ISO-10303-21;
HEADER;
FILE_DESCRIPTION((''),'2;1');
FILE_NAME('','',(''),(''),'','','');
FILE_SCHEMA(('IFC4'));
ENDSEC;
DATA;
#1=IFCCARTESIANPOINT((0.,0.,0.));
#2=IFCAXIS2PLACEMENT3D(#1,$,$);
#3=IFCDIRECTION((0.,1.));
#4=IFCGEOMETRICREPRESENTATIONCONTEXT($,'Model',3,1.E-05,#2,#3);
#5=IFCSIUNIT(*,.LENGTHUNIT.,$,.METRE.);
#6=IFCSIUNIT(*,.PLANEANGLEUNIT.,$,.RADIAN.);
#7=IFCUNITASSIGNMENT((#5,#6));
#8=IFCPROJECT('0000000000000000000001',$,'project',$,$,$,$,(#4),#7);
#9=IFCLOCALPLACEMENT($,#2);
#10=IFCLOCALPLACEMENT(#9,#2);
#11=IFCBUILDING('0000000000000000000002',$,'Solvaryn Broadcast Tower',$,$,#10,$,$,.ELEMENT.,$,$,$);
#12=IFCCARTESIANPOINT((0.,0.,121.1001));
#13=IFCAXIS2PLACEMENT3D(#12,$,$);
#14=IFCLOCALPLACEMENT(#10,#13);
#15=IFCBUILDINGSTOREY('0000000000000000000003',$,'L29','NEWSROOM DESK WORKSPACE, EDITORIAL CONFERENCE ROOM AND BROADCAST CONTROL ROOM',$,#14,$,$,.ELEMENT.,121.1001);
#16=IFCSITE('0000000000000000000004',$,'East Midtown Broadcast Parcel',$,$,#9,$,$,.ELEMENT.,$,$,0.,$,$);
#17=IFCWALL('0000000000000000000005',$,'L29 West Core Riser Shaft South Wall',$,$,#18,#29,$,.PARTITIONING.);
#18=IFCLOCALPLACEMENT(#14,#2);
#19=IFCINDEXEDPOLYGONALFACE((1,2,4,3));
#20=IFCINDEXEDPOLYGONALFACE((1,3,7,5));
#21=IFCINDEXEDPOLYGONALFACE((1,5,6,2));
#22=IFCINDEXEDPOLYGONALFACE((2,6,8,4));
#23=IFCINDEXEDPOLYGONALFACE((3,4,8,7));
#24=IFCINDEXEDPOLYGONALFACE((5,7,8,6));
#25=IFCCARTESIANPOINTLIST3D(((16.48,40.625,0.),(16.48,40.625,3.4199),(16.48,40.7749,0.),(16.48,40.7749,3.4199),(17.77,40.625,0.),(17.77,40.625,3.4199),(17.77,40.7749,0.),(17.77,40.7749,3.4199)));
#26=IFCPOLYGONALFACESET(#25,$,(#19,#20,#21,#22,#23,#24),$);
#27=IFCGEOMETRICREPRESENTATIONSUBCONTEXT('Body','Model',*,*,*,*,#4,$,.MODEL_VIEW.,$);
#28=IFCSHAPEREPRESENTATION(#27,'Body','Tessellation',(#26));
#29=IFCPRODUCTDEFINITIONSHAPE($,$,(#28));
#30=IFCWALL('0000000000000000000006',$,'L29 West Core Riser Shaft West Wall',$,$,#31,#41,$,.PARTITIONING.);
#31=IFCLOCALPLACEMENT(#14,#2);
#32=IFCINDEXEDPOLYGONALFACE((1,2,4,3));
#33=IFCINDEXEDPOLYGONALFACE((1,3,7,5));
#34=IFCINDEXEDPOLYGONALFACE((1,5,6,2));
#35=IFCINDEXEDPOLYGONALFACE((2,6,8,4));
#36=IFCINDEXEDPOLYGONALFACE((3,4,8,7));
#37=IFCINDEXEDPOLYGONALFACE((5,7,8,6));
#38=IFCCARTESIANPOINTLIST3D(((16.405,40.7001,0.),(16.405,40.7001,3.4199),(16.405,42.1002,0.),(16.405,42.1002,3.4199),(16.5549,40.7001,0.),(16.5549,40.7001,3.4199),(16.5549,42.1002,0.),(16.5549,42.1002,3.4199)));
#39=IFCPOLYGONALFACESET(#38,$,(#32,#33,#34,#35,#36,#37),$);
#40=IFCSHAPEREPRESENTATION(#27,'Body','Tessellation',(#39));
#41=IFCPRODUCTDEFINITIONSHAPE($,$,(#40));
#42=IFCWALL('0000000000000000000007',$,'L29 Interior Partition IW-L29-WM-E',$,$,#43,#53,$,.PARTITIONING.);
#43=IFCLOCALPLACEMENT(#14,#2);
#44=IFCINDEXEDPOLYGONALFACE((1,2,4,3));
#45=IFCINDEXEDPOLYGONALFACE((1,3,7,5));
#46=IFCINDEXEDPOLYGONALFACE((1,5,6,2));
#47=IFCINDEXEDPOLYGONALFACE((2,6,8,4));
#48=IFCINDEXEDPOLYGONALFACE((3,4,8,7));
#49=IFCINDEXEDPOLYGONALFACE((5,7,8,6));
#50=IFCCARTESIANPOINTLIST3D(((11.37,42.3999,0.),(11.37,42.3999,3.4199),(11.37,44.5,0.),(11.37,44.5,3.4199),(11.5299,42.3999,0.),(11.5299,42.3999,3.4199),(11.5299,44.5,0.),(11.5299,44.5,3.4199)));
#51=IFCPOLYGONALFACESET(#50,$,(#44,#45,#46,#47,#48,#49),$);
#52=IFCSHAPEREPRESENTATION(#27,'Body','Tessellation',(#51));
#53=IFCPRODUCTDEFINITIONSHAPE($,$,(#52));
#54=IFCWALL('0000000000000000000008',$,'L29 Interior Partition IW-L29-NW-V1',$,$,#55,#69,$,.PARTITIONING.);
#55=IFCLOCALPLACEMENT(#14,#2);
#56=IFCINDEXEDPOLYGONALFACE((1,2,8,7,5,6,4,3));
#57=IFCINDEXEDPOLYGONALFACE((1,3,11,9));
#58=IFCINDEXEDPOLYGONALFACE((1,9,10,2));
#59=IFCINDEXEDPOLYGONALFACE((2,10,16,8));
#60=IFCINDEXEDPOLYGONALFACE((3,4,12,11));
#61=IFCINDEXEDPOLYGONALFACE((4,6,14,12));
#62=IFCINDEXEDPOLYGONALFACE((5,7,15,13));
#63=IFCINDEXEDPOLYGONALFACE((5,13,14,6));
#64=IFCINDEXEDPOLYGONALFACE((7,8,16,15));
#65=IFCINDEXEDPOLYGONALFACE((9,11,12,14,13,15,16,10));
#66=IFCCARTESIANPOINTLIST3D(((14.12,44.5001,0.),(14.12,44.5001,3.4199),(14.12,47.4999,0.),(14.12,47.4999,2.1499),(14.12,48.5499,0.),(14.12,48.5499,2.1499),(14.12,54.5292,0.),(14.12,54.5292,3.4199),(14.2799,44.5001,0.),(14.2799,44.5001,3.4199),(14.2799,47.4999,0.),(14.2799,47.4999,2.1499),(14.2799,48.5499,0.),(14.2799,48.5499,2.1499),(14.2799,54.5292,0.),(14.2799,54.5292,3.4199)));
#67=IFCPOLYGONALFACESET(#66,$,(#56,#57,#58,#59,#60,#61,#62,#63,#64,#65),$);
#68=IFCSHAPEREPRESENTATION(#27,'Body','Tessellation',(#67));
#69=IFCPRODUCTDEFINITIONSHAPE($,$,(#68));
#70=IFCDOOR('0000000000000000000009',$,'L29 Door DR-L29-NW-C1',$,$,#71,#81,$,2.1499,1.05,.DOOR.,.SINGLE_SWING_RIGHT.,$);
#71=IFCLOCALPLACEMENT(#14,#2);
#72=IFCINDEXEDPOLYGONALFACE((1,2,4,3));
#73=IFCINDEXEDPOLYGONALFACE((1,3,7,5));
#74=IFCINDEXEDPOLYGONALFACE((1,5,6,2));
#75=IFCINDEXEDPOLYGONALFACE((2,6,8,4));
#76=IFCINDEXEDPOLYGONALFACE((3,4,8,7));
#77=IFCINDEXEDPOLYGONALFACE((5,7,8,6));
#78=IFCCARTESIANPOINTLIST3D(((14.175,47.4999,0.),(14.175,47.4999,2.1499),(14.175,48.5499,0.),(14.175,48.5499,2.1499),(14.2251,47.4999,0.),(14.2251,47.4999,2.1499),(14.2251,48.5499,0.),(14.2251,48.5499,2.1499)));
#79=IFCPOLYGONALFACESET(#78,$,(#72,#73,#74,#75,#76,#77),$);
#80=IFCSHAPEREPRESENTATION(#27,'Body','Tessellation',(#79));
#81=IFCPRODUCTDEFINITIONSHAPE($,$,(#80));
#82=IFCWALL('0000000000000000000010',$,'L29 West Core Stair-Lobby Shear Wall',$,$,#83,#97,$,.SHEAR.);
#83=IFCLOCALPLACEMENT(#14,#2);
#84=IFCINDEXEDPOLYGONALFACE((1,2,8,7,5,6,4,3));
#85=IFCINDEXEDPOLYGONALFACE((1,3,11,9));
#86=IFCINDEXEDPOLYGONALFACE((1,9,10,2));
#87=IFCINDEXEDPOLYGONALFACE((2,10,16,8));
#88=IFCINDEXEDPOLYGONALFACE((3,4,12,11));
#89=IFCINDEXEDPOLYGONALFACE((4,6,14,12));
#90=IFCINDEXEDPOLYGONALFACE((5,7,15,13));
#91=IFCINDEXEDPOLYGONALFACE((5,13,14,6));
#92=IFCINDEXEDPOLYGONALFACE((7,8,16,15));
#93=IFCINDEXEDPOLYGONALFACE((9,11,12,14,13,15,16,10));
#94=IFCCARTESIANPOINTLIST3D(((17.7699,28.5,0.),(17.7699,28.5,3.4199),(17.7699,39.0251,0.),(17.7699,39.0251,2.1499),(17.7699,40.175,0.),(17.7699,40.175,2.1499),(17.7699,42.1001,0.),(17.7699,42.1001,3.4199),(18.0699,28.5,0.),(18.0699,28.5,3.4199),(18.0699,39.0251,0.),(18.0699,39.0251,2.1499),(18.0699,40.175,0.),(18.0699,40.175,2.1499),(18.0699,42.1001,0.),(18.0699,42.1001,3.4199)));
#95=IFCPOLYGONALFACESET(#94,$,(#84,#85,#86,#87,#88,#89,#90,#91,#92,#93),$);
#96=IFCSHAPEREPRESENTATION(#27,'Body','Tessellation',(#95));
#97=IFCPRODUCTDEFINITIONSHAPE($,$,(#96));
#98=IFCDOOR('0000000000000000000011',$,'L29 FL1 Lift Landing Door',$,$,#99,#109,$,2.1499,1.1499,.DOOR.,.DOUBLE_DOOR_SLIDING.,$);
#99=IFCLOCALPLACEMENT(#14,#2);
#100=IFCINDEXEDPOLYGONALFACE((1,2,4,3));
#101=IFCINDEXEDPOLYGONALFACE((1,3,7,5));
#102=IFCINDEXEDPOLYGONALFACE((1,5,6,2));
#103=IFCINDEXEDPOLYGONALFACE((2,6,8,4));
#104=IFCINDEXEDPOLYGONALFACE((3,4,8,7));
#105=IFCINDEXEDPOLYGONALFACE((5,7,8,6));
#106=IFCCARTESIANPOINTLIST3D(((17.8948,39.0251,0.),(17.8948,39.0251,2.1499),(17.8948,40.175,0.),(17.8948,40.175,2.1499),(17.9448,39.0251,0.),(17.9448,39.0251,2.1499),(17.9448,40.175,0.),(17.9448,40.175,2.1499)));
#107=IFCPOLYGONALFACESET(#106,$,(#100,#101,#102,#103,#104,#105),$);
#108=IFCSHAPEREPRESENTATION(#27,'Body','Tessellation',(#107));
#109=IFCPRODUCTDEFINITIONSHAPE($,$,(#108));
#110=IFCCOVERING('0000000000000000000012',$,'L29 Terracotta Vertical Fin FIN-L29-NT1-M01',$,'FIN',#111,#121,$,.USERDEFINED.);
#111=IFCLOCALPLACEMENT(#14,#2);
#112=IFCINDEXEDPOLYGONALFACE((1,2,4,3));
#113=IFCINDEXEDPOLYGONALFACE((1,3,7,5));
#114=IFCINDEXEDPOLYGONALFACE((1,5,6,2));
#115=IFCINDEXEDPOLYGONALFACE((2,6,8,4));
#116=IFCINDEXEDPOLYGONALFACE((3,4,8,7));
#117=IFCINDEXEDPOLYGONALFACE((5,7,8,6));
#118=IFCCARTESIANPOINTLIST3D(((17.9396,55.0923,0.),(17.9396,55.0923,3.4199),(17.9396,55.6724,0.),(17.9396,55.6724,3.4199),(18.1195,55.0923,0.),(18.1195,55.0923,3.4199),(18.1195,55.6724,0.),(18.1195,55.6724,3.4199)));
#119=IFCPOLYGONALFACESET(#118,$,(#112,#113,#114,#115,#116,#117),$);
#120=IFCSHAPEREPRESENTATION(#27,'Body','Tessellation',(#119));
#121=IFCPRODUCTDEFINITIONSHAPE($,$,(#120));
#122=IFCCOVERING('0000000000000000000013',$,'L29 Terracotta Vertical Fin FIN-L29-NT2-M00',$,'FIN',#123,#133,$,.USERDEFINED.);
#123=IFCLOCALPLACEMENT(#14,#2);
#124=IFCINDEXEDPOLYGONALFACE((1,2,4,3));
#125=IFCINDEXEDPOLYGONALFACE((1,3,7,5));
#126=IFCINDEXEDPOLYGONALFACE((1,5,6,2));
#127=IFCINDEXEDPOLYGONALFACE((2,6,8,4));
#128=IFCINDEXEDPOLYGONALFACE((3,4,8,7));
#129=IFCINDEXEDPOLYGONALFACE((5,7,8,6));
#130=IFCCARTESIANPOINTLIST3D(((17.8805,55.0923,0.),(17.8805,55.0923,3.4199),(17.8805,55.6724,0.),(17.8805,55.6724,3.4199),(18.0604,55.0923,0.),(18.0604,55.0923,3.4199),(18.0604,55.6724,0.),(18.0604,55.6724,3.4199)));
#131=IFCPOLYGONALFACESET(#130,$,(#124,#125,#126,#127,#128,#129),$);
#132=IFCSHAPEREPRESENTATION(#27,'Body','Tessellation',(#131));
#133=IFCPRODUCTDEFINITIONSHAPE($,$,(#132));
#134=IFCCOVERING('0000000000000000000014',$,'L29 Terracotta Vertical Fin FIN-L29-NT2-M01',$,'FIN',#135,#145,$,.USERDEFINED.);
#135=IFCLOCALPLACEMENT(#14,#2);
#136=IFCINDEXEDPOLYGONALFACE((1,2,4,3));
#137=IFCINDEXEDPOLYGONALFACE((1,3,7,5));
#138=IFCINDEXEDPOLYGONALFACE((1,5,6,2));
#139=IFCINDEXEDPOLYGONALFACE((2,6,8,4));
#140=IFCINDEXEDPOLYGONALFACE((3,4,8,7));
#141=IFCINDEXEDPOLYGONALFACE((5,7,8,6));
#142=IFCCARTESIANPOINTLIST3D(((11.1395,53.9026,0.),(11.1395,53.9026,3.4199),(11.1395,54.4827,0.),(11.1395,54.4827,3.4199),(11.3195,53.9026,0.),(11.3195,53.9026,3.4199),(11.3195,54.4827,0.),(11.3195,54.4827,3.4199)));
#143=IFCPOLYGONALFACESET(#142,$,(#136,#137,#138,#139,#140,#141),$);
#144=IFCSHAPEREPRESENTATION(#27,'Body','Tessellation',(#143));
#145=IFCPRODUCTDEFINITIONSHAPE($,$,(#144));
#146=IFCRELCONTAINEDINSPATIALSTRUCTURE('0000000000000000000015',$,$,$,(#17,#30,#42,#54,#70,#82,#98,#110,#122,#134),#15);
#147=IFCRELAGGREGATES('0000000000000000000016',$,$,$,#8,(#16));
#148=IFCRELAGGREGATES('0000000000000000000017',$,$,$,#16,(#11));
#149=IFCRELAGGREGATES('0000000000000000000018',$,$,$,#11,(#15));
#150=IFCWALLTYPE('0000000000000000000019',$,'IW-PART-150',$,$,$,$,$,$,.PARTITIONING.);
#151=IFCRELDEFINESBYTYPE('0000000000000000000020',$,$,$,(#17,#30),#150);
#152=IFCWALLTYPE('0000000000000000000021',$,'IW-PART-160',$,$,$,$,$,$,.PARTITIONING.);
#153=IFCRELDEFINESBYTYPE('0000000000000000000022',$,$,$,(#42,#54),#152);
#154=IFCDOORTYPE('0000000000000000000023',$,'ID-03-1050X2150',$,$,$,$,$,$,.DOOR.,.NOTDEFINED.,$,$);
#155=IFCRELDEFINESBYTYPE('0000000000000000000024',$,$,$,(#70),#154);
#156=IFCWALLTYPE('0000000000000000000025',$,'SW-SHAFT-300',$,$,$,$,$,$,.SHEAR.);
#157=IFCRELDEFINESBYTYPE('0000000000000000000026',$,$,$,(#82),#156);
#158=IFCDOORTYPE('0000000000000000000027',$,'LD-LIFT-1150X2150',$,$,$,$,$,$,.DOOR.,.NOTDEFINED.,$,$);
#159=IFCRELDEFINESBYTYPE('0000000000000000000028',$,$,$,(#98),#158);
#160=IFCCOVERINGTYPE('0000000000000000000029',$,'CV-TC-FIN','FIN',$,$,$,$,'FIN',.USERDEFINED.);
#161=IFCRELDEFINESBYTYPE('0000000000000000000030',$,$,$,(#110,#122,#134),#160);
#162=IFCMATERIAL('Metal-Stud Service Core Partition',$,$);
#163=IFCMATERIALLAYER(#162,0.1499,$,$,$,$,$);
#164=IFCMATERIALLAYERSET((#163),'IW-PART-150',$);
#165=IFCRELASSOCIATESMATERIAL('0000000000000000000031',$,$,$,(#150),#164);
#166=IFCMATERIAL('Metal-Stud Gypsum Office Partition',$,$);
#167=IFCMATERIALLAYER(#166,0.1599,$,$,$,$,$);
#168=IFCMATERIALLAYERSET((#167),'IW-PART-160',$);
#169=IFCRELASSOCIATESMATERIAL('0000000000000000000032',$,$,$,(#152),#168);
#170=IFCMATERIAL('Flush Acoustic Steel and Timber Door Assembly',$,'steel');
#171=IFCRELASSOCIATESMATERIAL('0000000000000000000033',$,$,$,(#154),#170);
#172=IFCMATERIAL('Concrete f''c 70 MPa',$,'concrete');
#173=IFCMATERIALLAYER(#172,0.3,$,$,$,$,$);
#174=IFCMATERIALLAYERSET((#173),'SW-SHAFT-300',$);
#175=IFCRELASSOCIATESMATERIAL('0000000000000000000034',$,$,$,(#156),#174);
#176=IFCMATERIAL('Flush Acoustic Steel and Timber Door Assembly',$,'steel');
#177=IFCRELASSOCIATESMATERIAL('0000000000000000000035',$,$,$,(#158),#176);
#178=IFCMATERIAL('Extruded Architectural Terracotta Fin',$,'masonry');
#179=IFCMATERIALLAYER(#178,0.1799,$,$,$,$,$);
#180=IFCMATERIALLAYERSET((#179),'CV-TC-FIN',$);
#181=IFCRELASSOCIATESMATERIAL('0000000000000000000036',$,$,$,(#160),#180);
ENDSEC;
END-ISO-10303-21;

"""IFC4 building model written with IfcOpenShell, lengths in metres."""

from ifc_helpers import new_model, si_unit, direction, frame, frame_2d, origin, origin_2d, place, context, subcontext, project, spatial, rectangle, extrude, material, layer, layer_set, type_object, element, fill, save


model = new_model("IFC4")

# Units and contexts
model_context = context("Model", 3, precision=1e-05, world=origin(), true_north=direction((0.0, 1.0)))
body_context = subcontext(model_context, "Body", "Model", "MODEL_VIEW")
ifc_project = project(units=[si_unit("LENGTHUNIT", "METRE"), si_unit("PLANEANGLEUNIT", "RADIAN")], contexts=[model_context])

# Site, building, storey
site_placement = place(None, origin())
site = spatial("IfcSite", under=ifc_project, at=site_placement, Name="East Midtown Broadcast Parcel", CompositionType="ELEMENT", RefElevation=0.0)
building_placement = place(site_placement, origin())
building = spatial("IfcBuilding", under=site, at=building_placement, Name="Solvaryn Broadcast Tower", CompositionType="ELEMENT")
storey_placement = place(building_placement, frame((0.0, 0.0, 121.1001)))
storey = spatial("IfcBuildingStorey", under=building, at=storey_placement, Name="L29", Description="NEWSROOM DESK WORKSPACE, EDITORIAL CONFERENCE ROOM AND BROADCAST CONTROL ROOM", CompositionType="ELEMENT", Elevation=121.1001)

# Walls
ifc_material_1 = material(Name="Metal-Stud Service Core Partition")
ifc_layer_1 = layer(ifc_material_1, 0.1499)
ifc_layer_set_1 = layer_set([ifc_layer_1], Name="IW-PART-150")
wall_type_1 = type_object("IfcWallType", Name="IW-PART-150", PredefinedType="PARTITIONING", material=ifc_layer_set_1)
wall_1_placement = place(storey_placement, frame((16.48, 40.7, 0.0), z_axis=(0.0, 0.0, 1.0), x_axis=(1.0, 0.0, 0.0)))
element("IfcWall", 1, at=wall_1_placement, inside=storey, type_object=wall_type_1, Name="L29 West Core Riser Shaft South Wall", PredefinedType="PARTITIONING", context=body_context, shape_type="SweptSolid", body=[
    extrude(rectangle(XDim=1.29, YDim=0.1499, at=frame_2d((0.645, 0.0))), origin(), (0.0, 0.0, 1.0), 3.4199),
])
wall_2_placement = place(storey_placement, frame((16.48, 40.7, 0.0), z_axis=(0.0, 0.0, 1.0), x_axis=(0.0, 1.0, 0.0)))
element("IfcWall", 2, at=wall_2_placement, inside=storey, type_object=wall_type_1, Name="L29 West Core Riser Shaft West Wall", PredefinedType="PARTITIONING", context=body_context, shape_type="SweptSolid", body=[
    extrude(rectangle(XDim=1.4001, YDim=0.1499, at=frame_2d((0.7002, 0.0))), origin(), (0.0, 0.0, 1.0), 3.4199),
])
ifc_material_2 = material(Name="Metal-Stud Gypsum Office Partition")
ifc_layer_2 = layer(ifc_material_2, 0.1599)
ifc_layer_set_2 = layer_set([ifc_layer_2], Name="IW-PART-160")
wall_type_2 = type_object("IfcWallType", Name="IW-PART-160", PredefinedType="PARTITIONING", material=ifc_layer_set_2)
wall_3_placement = place(storey_placement, frame((11.45, 42.3999, 0.0), z_axis=(0.0, 0.0, 1.0), x_axis=(0.0, 1.0, 0.0)))
element("IfcWall", 3, at=wall_3_placement, inside=storey, type_object=wall_type_2, Name="L29 Interior Partition IW-L29-WM-E", PredefinedType="PARTITIONING", context=body_context, shape_type="SweptSolid", body=[
    extrude(rectangle(XDim=2.1001, YDim=0.1599, at=frame_2d((1.05, 0.0))), origin(), (0.0, 0.0, 1.0), 3.4199),
])

# Walls, openings, doors
wall_4_placement = place(storey_placement, frame((14.2, 44.5, 0.0), z_axis=(0.0, 0.0, 1.0), x_axis=(0.0, 1.0, 0.0)))
wall_4 = element("IfcWall", 4, at=wall_4_placement, inside=storey, type_object=wall_type_2, Name="L29 Interior Partition IW-L29-NW-V1", PredefinedType="PARTITIONING", context=body_context, shape_type="SweptSolid", body=[
    extrude(rectangle(XDim=10.0291, YDim=0.1599, at=frame_2d((5.0146, 0.0))), origin(), (0.0, 0.0, 1.0), 3.4199),
])
opening_1_placement = place(wall_4_placement, frame((3.0, 0.0, 0.0)))
opening_1 = element("IfcOpeningElement", 5, at=opening_1_placement, cuts=wall_4, PredefinedType="OPENING", context=body_context, shape_type="SweptSolid", body=[
    extrude(rectangle(XDim=1.05, YDim=2.1499, at=frame_2d((0.5249, 1.075))), frame((0.0, 0.0901, 0.0), z_axis=(0.0, -1.0, 0.0), x_axis=(1.0, 0.0, 0.0)), (0.0, 0.0, 1.0), 0.1799),
])
ifc_material_3 = material(Name="Flush Acoustic Steel and Timber Door Assembly", Category="steel")
door_type_1 = type_object("IfcDoorType", Name="ID-03-1050X2150", OperationType="NOTDEFINED", PredefinedType="DOOR", material=ifc_material_3)
door_1_placement = place(opening_1_placement, origin())
door_1 = element("IfcDoor", 6, at=door_1_placement, inside=storey, type_object=door_type_1, Name="L29 Door DR-L29-NW-C1", OperationType="SINGLE_SWING_RIGHT", OverallHeight=2.1499, OverallWidth=1.05, PredefinedType="DOOR", context=body_context, shape_type="SweptSolid", body=[
    extrude(rectangle(XDim=1.05, YDim=2.1499, at=frame_2d((0.5249, 1.075))), frame((0.0, 0.0249, 0.0), z_axis=(0.0, -1.0, 0.0), x_axis=(1.0, 0.0, 0.0)), (0.0, 0.0, 1.0), 0.05),
])
fill(opening_1, door_1)
ifc_material_4 = material(Name="Concrete f'c 70 MPa", Category="concrete")
ifc_layer_3 = layer(ifc_material_4, 0.3)
ifc_layer_set_3 = layer_set([ifc_layer_3], Name="SW-SHAFT-300")
wall_type_3 = type_object("IfcWallType", Name="SW-SHAFT-300", PredefinedType="SHEAR", material=ifc_layer_set_3)
wall_5_placement = place(storey_placement, frame((17.9199, 42.1001, 0.0), z_axis=(0.0, 0.0, 1.0), x_axis=(0.0, -1.0, 0.0)))
wall_5 = element("IfcWall", 7, at=wall_5_placement, inside=storey, type_object=wall_type_3, Name="L29 West Core Stair-Lobby Shear Wall", PredefinedType="SHEAR", context=body_context, shape_type="SweptSolid", body=[
    extrude(rectangle(XDim=13.6001, YDim=0.3, at=frame_2d((6.8, 0.0))), origin(), (0.0, 0.0, 1.0), 3.4199),
])
opening_2_placement = place(wall_5_placement, frame((1.925, 0.0, 0.0)))
opening_2 = element("IfcOpeningElement", 8, at=opening_2_placement, cuts=wall_5, PredefinedType="OPENING", context=body_context, shape_type="SweptSolid", body=[
    extrude(rectangle(XDim=1.1499, YDim=2.1499, at=frame_2d((0.575, 1.075))), frame((0.0, 0.1599, 0.0), z_axis=(0.0, -1.0, 0.0), x_axis=(1.0, 0.0, 0.0)), (0.0, 0.0, 1.0), 0.3201),
])
ifc_material_5 = material(Name="Flush Acoustic Steel and Timber Door Assembly", Category="steel")
door_type_2 = type_object("IfcDoorType", Name="LD-LIFT-1150X2150", OperationType="NOTDEFINED", PredefinedType="DOOR", material=ifc_material_5)
door_2_placement = place(opening_2_placement, origin())
door_2 = element("IfcDoor", 9, at=door_2_placement, inside=storey, type_object=door_type_2, Name="L29 FL1 Lift Landing Door", OperationType="DOUBLE_DOOR_SLIDING", OverallHeight=2.1499, OverallWidth=1.1499, PredefinedType="DOOR", context=body_context, shape_type="SweptSolid", body=[
    extrude(rectangle(XDim=1.1499, YDim=2.1499, at=frame_2d((0.575, 1.075))), frame((0.0, 0.0249, 0.0), z_axis=(0.0, -1.0, 0.0), x_axis=(1.0, 0.0, 0.0)), (0.0, 0.0, 1.0), 0.05),
])
fill(opening_2, door_2)

# Coverings
ifc_material_6 = material(Name="Extruded Architectural Terracotta Fin", Category="masonry")
ifc_layer_4 = layer(ifc_material_6, 0.1799)
ifc_layer_set_4 = layer_set([ifc_layer_4], Name="CV-TC-FIN")
covering_type = type_object("IfcCoveringType", Name="CV-TC-FIN", Description="FIN", ElementType="FIN", PredefinedType="USERDEFINED", material=ifc_layer_set_4)
for number, where, z_axis, x_axis, name in (
    (10, (18.0295, 55.3823, 0.0), (0.0, 0.0, 1.0), (1.0, 0.0, 0.0), "L29 Terracotta Vertical Fin FIN-L29-NT1-M01"),
    (11, (17.9705, 55.3823, 0.0), (0.0, 0.0, 1.0), (1.0, 0.0, 0.0), "L29 Terracotta Vertical Fin FIN-L29-NT2-M00"),
    (12, (11.2295, 54.1926, 0.0), (0.0, 0.0, 1.0), (1.0, 0.0, 0.0), "L29 Terracotta Vertical Fin FIN-L29-NT2-M01"),
):
    element("IfcCovering", number, at=place(storey_placement, frame(where, z_axis=z_axis, x_axis=x_axis)), inside=storey, type_object=covering_type, Name=name, ObjectType="FIN", PredefinedType="USERDEFINED", context=body_context, shape_type="SweptSolid", body=[
        extrude(rectangle(XDim=0.1799, YDim=0.5801, at=origin_2d()), origin(), (0.0, 0.0, 1.0), 3.4199),
    ])

save(model, "model.ifc")
